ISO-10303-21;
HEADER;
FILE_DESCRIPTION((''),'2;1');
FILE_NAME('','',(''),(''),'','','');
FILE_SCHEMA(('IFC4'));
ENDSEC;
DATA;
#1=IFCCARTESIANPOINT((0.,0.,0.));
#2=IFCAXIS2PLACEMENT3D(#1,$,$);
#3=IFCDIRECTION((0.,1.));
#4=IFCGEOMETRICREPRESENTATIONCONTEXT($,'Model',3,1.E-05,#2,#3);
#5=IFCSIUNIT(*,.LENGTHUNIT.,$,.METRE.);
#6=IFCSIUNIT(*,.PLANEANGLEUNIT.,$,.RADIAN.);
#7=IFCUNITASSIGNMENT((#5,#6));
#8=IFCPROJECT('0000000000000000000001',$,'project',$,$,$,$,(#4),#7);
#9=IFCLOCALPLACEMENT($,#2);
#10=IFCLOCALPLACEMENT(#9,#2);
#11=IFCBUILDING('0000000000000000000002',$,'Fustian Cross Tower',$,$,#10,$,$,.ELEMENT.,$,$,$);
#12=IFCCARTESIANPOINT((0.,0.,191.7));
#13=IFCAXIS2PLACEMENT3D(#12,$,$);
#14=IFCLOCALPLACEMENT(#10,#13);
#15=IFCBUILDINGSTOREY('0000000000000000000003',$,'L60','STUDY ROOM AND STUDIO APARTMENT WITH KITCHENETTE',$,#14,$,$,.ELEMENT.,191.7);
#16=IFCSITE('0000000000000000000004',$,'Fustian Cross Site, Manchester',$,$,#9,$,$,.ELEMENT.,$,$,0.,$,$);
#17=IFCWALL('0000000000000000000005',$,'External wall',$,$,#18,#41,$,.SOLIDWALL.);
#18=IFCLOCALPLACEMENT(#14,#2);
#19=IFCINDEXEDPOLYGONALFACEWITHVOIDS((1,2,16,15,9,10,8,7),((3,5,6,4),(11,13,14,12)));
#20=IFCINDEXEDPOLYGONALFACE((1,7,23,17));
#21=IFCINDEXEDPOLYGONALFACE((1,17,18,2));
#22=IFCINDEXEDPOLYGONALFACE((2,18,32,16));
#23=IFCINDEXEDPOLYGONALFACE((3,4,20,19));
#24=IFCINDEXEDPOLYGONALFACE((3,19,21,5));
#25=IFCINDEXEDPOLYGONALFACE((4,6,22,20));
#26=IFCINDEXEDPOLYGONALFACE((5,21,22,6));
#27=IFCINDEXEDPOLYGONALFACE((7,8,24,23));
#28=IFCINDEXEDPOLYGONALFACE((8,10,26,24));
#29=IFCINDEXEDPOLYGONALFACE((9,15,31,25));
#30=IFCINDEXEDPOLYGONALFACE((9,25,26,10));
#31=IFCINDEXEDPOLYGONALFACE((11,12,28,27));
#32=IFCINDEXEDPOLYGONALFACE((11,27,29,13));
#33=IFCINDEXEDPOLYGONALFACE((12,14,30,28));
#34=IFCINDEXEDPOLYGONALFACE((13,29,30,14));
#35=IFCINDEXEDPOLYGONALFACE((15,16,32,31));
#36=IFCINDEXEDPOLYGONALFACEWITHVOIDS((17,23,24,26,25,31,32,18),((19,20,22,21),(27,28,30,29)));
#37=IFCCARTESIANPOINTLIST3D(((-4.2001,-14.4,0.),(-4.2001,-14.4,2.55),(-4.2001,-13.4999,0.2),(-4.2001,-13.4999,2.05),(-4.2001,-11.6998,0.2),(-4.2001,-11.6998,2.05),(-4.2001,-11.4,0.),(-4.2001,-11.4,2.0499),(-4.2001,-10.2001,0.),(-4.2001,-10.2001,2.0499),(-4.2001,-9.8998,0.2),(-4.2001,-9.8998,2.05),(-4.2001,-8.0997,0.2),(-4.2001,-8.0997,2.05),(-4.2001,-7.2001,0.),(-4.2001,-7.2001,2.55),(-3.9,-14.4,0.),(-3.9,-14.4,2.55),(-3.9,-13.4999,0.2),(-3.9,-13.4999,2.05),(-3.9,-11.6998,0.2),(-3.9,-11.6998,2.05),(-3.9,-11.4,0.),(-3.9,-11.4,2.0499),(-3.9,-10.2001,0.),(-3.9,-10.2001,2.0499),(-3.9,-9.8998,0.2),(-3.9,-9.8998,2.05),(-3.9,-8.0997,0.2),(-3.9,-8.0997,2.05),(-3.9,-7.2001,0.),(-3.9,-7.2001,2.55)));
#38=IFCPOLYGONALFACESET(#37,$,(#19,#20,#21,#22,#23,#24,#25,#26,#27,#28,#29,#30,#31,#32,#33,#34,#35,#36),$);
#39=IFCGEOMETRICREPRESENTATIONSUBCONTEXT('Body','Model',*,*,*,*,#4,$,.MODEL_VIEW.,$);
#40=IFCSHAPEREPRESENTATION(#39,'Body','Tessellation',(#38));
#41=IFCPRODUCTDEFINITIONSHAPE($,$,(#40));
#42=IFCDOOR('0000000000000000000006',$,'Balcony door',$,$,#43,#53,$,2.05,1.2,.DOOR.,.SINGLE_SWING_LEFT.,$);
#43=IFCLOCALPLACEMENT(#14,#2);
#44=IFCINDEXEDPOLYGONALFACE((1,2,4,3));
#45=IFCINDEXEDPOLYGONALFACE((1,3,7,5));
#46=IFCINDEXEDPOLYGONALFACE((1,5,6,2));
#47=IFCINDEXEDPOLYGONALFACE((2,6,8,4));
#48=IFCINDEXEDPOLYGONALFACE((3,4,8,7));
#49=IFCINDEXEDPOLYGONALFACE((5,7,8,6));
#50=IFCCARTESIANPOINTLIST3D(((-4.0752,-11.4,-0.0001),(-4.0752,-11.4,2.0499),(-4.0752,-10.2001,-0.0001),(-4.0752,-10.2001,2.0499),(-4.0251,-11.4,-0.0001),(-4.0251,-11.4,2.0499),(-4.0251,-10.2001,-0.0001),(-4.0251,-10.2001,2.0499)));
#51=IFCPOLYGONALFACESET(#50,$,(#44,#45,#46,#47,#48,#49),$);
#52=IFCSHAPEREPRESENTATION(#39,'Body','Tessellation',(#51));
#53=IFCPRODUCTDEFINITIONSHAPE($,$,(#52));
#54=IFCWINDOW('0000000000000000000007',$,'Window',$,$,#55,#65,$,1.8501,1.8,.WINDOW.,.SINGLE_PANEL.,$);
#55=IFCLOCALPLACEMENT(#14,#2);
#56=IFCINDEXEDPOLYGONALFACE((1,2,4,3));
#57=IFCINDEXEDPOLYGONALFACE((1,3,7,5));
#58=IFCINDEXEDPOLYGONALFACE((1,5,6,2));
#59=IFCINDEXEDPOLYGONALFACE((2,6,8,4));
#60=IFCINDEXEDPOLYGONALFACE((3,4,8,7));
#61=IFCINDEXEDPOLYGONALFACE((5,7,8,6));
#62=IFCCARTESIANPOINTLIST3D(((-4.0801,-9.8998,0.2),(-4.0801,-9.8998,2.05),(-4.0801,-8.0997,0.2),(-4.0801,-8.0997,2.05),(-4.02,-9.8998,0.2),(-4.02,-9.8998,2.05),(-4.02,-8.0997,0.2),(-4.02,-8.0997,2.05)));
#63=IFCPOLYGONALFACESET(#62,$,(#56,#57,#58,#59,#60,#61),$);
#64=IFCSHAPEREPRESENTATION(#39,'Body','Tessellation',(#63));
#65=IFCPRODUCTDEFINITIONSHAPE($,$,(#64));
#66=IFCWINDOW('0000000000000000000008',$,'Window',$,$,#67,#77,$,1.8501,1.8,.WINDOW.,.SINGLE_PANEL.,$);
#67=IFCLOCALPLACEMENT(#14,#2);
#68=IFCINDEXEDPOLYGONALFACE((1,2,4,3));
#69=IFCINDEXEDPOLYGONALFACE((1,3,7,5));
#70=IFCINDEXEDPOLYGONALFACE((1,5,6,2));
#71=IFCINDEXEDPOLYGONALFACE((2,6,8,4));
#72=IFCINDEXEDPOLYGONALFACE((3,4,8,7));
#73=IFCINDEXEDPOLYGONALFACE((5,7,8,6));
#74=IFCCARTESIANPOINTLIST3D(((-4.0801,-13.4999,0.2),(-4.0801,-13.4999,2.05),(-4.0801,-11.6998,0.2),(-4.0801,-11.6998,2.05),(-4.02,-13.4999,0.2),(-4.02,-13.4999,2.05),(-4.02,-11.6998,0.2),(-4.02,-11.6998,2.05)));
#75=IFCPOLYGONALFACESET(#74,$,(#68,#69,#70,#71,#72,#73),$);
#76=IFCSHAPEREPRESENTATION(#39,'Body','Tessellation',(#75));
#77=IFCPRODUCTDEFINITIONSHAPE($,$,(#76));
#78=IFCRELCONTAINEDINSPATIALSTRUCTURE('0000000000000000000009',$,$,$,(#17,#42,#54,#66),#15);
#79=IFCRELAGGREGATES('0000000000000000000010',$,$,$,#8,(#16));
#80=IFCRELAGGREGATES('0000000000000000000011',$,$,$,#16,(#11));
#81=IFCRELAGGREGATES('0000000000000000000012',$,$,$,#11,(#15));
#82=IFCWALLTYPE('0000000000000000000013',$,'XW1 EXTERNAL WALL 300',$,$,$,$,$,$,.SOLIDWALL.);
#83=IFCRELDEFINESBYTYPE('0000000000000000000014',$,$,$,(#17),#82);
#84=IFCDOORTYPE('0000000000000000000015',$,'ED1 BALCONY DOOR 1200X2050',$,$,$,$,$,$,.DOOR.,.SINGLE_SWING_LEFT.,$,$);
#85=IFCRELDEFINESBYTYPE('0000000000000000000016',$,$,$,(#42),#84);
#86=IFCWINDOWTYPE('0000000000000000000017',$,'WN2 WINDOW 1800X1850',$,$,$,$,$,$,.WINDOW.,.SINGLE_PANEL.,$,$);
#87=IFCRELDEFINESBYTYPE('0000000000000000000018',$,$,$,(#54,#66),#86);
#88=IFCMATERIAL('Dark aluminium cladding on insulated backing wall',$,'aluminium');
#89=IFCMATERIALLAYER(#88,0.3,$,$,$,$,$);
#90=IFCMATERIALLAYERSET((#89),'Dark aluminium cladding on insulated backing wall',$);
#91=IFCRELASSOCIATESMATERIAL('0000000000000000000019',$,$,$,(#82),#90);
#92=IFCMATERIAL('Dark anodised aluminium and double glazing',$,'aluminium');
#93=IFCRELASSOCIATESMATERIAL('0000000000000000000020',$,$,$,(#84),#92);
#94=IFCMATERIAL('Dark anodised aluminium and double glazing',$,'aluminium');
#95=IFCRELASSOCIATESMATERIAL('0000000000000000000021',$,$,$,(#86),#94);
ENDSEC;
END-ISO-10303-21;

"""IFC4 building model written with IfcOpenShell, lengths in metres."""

from ifc_helpers import new_model, si_unit, direction, frame, frame_2d, origin, place, context, subcontext, project, spatial, rectangle, extrude, material, layer, layer_set, type_object, element, fill, save


model = new_model("IFC4")

# Units and contexts
model_context = context("Model", 3, precision=1e-05, world=origin(), true_north=direction((0.0, 1.0)))
body_context = subcontext(model_context, "Body", "Model", "MODEL_VIEW")
ifc_project = project(units=[si_unit("LENGTHUNIT", "METRE"), si_unit("PLANEANGLEUNIT", "RADIAN")], contexts=[model_context])

# Site, building, storey
site_placement = place(None, origin())
site = spatial("IfcSite", under=ifc_project, at=site_placement, Name="Fustian Cross Site, Manchester", CompositionType="ELEMENT", RefElevation=0.0)
building_placement = place(site_placement, origin())
building = spatial("IfcBuilding", under=site, at=building_placement, Name="Fustian Cross Tower", CompositionType="ELEMENT")
storey_placement = place(building_placement, frame((0.0, 0.0, 191.7)))
storey = spatial("IfcBuildingStorey", under=building, at=storey_placement, Name="L60", Description="STUDY ROOM AND STUDIO APARTMENT WITH KITCHENETTE", CompositionType="ELEMENT", Elevation=191.7)

# Shared definitions
ifc_material_1 = material(Name="Dark aluminium cladding on insulated backing wall", Category="aluminium")
ifc_layer_1 = layer(ifc_material_1, 0.3)
ifc_layer_set_1 = layer_set([ifc_layer_1], Name="Dark aluminium cladding on insulated backing wall")
wall_type_1 = type_object("IfcWallType", Name="XW1 EXTERNAL WALL 300", PredefinedType="SOLIDWALL", material=ifc_layer_set_1)

# Wall, openings, door, windows
wall_1_placement = place(storey_placement, frame((-4.05, -7.2, 0.0), z_axis=(0.0, 0.0, 1.0), x_axis=(0.0, -1.0, 0.0)))
wall_1 = element("IfcWall", 1, at=wall_1_placement, inside=storey, type_object=wall_type_1, Name="External wall", PredefinedType="SOLIDWALL", context=body_context, shape_type="SweptSolid", body=[
    extrude(rectangle(XDim=7.2, YDim=0.3, at=frame_2d((3.6001, 0.0))), origin(), (0.0, 0.0, 1.0), 2.55),
])
opening_1_placement = place(wall_1_placement, frame((3.0, 0.0, 0.0)))
opening_1 = element("IfcOpeningElement", 2, at=opening_1_placement, cuts=wall_1, PredefinedType="OPENING", context=body_context, shape_type="SweptSolid", body=[
    extrude(rectangle(XDim=1.2, YDim=2.05, at=frame_2d((0.6001, 1.0249))), frame((0.0, 0.1599, 0.0), z_axis=(0.0, -1.0, 0.0), x_axis=(1.0, 0.0, 0.0)), (0.0, 0.0, 1.0), 0.3201),
])
opening_2_placement = place(wall_1_placement, frame((0.8999, 0.0, 0.2)))
opening_2 = element("IfcOpeningElement", 3, at=opening_2_placement, cuts=wall_1, PredefinedType="OPENING", context=body_context, shape_type="SweptSolid", body=[
    extrude(rectangle(XDim=1.8, YDim=1.8501, at=frame_2d((0.8999, 0.925))), frame((0.0, 0.1599, 0.0), z_axis=(0.0, -1.0, 0.0), x_axis=(1.0, 0.0, 0.0)), (0.0, 0.0, 1.0), 0.3201),
])
opening_3_placement = place(wall_1_placement, frame((4.5, 0.0, 0.2)))
opening_3 = element("IfcOpeningElement", 4, at=opening_3_placement, cuts=wall_1, PredefinedType="OPENING", context=body_context, shape_type="SweptSolid", body=[
    extrude(rectangle(XDim=1.8, YDim=1.8501, at=frame_2d((0.8999, 0.925))), frame((0.0, 0.1599, 0.0), z_axis=(0.0, -1.0, 0.0), x_axis=(1.0, 0.0, 0.0)), (0.0, 0.0, 1.0), 0.3201),
])
ifc_material_2 = material(Name="Dark anodised aluminium and double glazing", Category="aluminium")
door_type_1 = type_object("IfcDoorType", Name="ED1 BALCONY DOOR 1200X2050", OperationType="SINGLE_SWING_LEFT", PredefinedType="DOOR", material=ifc_material_2)
door_1_placement = place(opening_1_placement, origin())
door_1 = element("IfcDoor", 5, at=door_1_placement, inside=storey, type_object=door_type_1, Name="Balcony door", OperationType="SINGLE_SWING_LEFT", OverallHeight=2.05, OverallWidth=1.2, PredefinedType="DOOR", context=body_context, shape_type="SweptSolid", body=[
    extrude(rectangle(XDim=1.2, YDim=2.05, at=frame_2d((0.6001, 1.0249))), frame((0.0, 0.0249, 0.0), z_axis=(0.0, -1.0, 0.0), x_axis=(1.0, 0.0, 0.0)), (0.0, 0.0, 1.0), 0.05),
])
fill(opening_1, door_1)
ifc_material_3 = material(Name="Dark anodised aluminium and double glazing", Category="aluminium")
window_type = type_object("IfcWindowType", Name="WN2 WINDOW 1800X1850", PartitioningType="SINGLE_PANEL", PredefinedType="WINDOW", material=ifc_material_3)
window_1_placement = place(opening_2_placement, origin())
window_1 = element("IfcWindow", 6, at=window_1_placement, inside=storey, type_object=window_type, Name="Window", OverallHeight=1.8501, OverallWidth=1.8, PartitioningType="SINGLE_PANEL", PredefinedType="WINDOW", context=body_context, shape_type="SweptSolid", body=[
    extrude(rectangle(XDim=1.8, YDim=1.8501, at=frame_2d((0.8999, 0.925))), frame((0.0, 0.03, 0.0), z_axis=(0.0, -1.0, 0.0), x_axis=(1.0, 0.0, 0.0)), (0.0, 0.0, 1.0), 0.0601),
])
fill(opening_2, window_1)
window_2_placement = place(opening_3_placement, origin())
window_2 = element("IfcWindow", 7, at=window_2_placement, inside=storey, type_object=window_type, Name="Window", OverallHeight=1.8501, OverallWidth=1.8, PartitioningType="SINGLE_PANEL", PredefinedType="WINDOW", context=body_context, shape_type="SweptSolid", body=[
    extrude(rectangle(XDim=1.8, YDim=1.8501, at=frame_2d((0.8999, 0.925))), frame((0.0, 0.03, 0.0), z_axis=(0.0, -1.0, 0.0), x_axis=(1.0, 0.0, 0.0)), (0.0, 0.0, 1.0), 0.0601),
])
fill(opening_3, window_2)

save(model, "model.ifc")
